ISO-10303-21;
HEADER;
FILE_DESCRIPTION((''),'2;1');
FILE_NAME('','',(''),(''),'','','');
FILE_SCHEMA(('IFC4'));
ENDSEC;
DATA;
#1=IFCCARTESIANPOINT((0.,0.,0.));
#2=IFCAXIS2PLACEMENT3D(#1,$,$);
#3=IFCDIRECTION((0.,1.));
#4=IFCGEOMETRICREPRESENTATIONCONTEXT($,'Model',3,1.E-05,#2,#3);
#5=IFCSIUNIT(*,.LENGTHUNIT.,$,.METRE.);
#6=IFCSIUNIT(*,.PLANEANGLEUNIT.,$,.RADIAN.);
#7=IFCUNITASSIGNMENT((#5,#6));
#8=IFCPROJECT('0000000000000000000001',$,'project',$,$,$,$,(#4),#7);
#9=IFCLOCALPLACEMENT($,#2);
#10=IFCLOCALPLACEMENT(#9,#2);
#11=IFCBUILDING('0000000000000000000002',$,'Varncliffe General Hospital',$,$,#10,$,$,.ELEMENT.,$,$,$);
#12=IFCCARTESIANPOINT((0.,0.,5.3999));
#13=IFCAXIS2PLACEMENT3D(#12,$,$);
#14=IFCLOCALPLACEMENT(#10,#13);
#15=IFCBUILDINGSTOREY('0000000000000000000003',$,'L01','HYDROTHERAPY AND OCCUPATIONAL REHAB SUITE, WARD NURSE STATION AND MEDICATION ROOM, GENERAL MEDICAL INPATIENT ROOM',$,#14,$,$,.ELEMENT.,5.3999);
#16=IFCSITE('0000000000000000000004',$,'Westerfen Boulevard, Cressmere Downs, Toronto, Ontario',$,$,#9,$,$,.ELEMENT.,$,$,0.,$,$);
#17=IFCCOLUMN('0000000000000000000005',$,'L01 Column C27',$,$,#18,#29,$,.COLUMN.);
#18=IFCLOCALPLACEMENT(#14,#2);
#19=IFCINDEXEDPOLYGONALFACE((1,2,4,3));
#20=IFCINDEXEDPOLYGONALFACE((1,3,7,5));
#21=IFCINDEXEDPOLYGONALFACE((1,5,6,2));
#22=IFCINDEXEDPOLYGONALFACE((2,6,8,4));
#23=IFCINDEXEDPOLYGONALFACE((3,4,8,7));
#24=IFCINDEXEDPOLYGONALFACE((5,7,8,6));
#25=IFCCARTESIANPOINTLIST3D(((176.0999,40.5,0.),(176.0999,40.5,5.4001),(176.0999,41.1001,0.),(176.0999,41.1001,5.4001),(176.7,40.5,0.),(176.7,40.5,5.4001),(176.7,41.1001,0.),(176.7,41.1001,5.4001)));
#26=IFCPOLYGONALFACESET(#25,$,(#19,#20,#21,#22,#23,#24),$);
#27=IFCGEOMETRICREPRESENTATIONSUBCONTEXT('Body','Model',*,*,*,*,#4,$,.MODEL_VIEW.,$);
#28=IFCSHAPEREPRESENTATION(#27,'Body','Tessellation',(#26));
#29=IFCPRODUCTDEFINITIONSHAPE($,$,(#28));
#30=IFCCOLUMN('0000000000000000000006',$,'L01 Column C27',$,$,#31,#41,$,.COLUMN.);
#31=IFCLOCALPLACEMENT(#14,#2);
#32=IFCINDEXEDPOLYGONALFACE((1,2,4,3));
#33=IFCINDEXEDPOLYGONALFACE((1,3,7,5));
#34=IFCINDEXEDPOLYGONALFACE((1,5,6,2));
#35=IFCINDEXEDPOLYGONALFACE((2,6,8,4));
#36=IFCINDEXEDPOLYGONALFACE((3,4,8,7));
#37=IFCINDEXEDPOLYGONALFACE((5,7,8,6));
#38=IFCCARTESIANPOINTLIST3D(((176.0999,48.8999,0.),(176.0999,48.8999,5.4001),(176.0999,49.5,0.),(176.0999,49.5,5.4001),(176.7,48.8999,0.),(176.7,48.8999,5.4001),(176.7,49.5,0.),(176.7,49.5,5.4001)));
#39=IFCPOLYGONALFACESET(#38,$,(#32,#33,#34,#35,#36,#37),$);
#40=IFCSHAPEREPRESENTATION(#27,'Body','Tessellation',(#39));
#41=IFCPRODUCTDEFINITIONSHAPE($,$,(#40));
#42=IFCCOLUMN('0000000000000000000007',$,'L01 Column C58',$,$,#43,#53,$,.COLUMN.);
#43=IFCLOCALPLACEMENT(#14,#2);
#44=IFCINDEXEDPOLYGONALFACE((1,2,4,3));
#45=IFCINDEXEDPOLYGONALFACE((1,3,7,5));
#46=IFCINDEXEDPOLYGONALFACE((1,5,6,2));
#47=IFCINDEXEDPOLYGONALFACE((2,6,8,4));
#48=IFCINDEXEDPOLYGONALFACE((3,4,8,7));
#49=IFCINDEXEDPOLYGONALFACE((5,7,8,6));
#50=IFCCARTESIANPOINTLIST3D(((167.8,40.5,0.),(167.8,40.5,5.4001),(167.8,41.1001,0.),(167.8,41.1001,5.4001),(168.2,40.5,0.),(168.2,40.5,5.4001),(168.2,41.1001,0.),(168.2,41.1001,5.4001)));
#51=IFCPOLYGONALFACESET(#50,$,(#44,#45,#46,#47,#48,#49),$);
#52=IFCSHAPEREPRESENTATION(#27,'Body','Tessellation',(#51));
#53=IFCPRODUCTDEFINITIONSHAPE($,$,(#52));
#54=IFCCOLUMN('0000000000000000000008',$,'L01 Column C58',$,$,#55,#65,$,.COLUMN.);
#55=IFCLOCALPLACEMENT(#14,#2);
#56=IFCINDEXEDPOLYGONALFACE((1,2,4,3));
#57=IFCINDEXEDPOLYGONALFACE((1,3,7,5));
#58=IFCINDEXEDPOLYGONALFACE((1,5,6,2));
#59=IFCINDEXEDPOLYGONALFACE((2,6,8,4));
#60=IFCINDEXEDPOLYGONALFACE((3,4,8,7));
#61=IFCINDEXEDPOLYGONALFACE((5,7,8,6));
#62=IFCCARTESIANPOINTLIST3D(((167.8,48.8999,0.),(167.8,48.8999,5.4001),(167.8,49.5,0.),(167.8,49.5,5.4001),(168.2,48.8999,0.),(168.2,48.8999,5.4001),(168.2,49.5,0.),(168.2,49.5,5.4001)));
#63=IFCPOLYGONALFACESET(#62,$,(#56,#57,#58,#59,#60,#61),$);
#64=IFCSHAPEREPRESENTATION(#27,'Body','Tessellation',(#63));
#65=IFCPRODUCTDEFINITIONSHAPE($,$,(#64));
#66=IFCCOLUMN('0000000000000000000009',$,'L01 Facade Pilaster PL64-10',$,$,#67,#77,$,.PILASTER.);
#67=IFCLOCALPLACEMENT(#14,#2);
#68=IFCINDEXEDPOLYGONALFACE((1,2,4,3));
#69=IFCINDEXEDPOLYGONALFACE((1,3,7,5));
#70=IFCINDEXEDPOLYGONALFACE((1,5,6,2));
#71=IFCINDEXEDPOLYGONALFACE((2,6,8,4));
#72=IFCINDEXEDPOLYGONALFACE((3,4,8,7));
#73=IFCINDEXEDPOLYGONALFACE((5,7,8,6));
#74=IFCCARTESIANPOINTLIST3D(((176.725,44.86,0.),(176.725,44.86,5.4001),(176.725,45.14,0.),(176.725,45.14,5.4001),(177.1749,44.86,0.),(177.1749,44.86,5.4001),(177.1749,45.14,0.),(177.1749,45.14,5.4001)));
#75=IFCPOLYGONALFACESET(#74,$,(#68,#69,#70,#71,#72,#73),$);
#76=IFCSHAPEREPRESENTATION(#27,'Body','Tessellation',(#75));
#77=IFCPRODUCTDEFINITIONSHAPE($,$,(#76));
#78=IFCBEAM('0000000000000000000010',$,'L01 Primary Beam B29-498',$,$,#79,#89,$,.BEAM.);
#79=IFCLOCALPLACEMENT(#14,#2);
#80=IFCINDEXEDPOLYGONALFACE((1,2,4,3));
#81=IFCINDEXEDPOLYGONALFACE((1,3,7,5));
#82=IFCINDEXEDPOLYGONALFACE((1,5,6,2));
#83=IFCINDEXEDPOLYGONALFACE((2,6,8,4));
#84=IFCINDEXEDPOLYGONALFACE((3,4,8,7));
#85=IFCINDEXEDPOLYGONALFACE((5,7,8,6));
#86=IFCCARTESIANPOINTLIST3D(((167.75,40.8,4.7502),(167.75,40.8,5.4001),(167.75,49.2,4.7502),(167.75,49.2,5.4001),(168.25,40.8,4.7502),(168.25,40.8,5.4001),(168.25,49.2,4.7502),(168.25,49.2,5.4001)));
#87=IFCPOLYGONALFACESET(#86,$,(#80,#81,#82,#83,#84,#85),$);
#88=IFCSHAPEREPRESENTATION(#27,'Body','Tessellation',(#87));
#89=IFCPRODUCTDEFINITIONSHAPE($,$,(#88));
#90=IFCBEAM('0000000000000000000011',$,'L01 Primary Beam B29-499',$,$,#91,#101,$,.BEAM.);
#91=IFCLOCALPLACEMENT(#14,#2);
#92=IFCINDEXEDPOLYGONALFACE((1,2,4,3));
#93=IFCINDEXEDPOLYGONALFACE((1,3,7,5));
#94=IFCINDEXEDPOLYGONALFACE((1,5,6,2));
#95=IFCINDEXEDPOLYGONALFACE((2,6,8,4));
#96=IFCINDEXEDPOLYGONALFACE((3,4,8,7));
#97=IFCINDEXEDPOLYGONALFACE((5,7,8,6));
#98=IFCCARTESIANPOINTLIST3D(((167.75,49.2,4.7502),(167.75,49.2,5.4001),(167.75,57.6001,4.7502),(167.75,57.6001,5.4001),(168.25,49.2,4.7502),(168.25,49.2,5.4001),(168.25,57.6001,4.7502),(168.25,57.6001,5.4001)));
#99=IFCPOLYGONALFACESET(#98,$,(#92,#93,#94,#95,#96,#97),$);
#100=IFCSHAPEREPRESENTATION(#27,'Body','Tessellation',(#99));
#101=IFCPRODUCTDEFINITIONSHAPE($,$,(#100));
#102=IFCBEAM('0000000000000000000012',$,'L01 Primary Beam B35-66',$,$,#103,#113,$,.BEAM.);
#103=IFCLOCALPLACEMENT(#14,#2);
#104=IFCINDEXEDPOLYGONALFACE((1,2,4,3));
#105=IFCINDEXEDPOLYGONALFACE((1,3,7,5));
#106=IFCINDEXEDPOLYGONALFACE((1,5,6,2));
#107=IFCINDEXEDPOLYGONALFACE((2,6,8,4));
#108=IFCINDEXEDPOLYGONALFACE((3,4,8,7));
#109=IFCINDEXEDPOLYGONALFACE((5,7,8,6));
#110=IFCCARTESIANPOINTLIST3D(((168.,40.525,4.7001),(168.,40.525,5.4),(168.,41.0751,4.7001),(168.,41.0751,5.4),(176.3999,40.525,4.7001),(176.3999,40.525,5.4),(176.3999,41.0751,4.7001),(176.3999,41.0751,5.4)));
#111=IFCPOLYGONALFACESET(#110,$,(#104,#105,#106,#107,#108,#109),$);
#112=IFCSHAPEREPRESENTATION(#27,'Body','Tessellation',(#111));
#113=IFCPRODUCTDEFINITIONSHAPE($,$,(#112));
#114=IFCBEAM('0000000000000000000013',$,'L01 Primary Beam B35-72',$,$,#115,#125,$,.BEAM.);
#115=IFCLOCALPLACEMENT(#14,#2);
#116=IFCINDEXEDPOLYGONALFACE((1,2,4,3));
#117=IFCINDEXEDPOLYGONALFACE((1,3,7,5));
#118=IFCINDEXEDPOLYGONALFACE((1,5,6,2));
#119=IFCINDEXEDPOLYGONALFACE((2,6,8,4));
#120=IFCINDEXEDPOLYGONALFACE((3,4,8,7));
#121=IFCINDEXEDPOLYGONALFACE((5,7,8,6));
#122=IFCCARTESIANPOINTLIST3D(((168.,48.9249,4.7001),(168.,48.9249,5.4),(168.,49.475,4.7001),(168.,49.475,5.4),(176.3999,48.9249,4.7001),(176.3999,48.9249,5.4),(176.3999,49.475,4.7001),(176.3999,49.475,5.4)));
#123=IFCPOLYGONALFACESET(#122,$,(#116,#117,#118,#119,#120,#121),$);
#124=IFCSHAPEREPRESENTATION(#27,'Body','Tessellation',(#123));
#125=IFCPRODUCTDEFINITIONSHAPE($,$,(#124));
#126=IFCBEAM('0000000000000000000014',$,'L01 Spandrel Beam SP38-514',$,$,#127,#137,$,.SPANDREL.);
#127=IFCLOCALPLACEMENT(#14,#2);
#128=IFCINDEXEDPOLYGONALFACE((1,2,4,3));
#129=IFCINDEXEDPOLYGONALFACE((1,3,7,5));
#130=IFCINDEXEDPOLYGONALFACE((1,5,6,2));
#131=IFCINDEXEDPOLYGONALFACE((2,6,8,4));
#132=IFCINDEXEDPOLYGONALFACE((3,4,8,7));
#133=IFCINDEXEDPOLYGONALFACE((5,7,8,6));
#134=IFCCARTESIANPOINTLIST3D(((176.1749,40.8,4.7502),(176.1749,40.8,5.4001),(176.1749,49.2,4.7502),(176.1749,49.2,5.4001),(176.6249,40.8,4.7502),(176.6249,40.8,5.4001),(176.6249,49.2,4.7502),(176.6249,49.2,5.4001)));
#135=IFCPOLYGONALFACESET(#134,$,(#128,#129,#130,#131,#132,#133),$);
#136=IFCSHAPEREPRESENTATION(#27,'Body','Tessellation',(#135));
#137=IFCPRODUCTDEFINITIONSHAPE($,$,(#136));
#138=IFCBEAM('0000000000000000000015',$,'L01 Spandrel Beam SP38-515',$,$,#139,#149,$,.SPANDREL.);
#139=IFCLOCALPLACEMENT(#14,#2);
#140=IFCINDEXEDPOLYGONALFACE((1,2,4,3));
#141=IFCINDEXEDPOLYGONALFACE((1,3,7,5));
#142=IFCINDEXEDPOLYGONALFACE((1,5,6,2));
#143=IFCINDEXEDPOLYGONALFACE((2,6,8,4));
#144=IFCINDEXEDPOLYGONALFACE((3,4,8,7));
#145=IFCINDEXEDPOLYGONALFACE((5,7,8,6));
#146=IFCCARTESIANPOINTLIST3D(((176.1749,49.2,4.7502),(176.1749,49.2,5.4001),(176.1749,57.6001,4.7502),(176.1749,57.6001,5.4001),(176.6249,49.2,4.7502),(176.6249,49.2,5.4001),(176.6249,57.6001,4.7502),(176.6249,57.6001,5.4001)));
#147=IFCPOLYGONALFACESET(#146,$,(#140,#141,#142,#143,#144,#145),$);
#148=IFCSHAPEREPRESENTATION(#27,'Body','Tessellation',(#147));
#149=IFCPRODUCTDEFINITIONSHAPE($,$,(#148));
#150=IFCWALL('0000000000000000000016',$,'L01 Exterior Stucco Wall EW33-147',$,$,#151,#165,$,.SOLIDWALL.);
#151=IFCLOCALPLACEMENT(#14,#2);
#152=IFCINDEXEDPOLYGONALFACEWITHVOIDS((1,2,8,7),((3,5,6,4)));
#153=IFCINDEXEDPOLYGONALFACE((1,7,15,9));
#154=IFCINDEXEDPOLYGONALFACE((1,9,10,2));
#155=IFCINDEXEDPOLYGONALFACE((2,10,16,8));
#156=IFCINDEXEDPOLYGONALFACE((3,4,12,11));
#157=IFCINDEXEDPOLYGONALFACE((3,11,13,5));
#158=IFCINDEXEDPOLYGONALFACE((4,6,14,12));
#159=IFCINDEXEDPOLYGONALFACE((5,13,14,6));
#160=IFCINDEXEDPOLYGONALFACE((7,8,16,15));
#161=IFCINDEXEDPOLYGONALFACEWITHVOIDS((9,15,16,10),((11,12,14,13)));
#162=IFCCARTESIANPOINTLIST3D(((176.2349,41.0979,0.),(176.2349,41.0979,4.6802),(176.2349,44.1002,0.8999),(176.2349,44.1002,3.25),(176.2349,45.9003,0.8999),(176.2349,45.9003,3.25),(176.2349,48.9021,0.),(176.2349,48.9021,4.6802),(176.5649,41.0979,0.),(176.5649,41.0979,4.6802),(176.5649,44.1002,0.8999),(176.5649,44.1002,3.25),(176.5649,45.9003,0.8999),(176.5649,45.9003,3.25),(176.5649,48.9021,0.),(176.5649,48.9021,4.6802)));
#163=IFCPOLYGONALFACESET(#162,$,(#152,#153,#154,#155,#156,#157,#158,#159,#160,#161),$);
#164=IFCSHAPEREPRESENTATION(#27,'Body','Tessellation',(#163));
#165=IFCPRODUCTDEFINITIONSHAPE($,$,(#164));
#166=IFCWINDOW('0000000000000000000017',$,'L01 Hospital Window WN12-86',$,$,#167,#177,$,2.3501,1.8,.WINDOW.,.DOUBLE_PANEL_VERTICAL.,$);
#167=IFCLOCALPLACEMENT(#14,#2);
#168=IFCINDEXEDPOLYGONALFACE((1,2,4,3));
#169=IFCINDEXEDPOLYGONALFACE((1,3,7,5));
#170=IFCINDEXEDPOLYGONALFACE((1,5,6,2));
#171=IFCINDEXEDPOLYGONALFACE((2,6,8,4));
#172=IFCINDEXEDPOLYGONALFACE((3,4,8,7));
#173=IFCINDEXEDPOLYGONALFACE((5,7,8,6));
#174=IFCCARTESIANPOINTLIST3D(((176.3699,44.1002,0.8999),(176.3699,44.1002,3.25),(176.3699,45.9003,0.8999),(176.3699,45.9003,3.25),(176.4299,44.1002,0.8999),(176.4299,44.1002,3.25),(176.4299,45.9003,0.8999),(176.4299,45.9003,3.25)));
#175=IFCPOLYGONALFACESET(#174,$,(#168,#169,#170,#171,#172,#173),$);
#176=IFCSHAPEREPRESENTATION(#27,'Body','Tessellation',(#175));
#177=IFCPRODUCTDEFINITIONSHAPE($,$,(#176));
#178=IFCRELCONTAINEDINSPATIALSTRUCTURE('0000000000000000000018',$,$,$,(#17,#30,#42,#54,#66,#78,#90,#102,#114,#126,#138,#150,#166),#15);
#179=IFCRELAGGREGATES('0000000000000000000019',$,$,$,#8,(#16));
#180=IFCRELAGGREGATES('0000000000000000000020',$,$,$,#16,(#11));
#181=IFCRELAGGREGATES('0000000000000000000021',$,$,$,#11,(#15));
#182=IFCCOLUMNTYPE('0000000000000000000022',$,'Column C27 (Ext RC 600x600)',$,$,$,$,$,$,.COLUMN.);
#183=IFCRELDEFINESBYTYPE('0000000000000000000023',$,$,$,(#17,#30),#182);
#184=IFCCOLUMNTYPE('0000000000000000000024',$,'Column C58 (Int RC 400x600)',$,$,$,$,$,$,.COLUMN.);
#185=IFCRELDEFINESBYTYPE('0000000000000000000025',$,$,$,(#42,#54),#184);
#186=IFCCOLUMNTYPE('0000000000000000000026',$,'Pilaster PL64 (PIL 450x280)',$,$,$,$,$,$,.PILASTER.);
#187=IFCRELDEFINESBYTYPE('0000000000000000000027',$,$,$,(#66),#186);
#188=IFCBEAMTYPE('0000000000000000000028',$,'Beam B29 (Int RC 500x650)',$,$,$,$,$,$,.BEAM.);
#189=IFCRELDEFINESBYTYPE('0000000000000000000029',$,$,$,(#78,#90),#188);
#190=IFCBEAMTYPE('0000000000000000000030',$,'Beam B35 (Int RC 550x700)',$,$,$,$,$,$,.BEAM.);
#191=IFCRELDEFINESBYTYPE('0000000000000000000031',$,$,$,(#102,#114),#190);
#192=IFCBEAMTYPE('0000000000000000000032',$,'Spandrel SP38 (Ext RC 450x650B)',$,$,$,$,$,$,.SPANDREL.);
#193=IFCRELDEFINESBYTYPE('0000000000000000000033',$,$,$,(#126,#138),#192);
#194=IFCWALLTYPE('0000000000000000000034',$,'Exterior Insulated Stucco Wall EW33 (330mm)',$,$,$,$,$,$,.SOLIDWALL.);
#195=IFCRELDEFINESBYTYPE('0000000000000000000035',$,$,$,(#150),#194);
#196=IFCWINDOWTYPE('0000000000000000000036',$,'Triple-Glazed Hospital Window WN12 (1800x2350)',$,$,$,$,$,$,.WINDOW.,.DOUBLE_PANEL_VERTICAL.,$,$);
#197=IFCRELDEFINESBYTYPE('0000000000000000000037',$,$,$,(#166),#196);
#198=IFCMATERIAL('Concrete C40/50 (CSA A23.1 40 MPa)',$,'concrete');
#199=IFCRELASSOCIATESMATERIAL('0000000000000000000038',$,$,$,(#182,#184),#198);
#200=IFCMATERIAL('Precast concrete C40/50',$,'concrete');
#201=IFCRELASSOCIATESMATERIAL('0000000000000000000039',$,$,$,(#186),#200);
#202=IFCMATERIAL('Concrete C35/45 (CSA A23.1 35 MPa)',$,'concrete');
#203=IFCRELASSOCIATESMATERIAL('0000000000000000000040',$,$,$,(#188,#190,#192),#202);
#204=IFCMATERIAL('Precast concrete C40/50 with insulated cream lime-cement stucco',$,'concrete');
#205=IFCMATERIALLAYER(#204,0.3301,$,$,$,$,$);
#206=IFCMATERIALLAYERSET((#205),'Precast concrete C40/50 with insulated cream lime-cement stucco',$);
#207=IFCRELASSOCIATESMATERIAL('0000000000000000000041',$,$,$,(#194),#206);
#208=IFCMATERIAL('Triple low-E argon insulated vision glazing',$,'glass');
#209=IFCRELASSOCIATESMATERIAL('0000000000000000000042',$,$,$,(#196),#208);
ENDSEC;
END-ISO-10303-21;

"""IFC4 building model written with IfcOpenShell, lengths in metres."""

from ifc_helpers import new_model, si_unit, direction, frame, frame_2d, origin, origin_2d, place, context, subcontext, project, spatial, rectangle, extrude, material, layer, layer_set, material_profile, profile_set, type_object, element, fill, save


model = new_model("IFC4")

# Units and contexts
model_context = context("Model", 3, precision=1e-05, world=origin(), true_north=direction((0.0, 1.0)))
body_context = subcontext(model_context, "Body", "Model", "MODEL_VIEW")
ifc_project = project(units=[si_unit("LENGTHUNIT", "METRE"), si_unit("PLANEANGLEUNIT", "RADIAN")], contexts=[model_context])

# Site, building, storey
site_placement = place(None, origin())
site = spatial("IfcSite", under=ifc_project, at=site_placement, Name="Westerfen Boulevard, Cressmere Downs, Toronto, Ontario", CompositionType="ELEMENT", RefElevation=0.0)
building_placement = place(site_placement, origin())
building = spatial("IfcBuilding", under=site, at=building_placement, Name="Varncliffe General Hospital", CompositionType="ELEMENT")
storey_placement = place(building_placement, frame((0.0, 0.0, 5.3999)))
storey = spatial("IfcBuildingStorey", under=building, at=storey_placement, Name="L01", Description="HYDROTHERAPY AND OCCUPATIONAL REHAB SUITE, WARD NURSE STATION AND MEDICATION ROOM, GENERAL MEDICAL INPATIENT ROOM", CompositionType="ELEMENT", Elevation=5.3999)

# Columns
ifc_material_1 = material(Name="Concrete C40/50 (CSA A23.1 40 MPa)", Category="concrete")
ifc_material_profile_1 = material_profile(ifc_material_1, rectangle(XDim=0.6001, YDim=0.6001, at=origin_2d()), Name="RC 600x600")
ifc_profile_set_1 = profile_set([ifc_material_profile_1], Name="Concrete C40/50 (CSA A23.1 40 MPa)")
column_type_1 = type_object("IfcColumnType", Name="Column C27 (Ext RC 600x600)", PredefinedType="COLUMN", material=ifc_profile_set_1)
for number, where, z_axis, x_axis, name in (
    (1, (176.3999, 40.8, 0.0), (0.0, 0.0, 1.0), (1.0, 0.0, 0.0), "L01 Column C27"),
    (2, (176.3999, 49.2, 0.0), (0.0, 0.0, 1.0), (1.0, 0.0, 0.0), "L01 Column C27"),
):
    element("IfcColumn", number, at=place(storey_placement, frame(where, z_axis=z_axis, x_axis=x_axis)), inside=storey, type_object=column_type_1, Name=name, PredefinedType="COLUMN", context=body_context, shape_type="SweptSolid", body=[
        extrude(rectangle(XDim=0.6001, YDim=0.6001, at=origin_2d()), origin(), (0.0, 0.0, 1.0), 5.4001),
    ])
ifc_material_profile_2 = material_profile(ifc_material_1, rectangle(XDim=0.3999, YDim=0.6001, at=origin_2d()), Name="RC 400x600")
ifc_profile_set_2 = profile_set([ifc_material_profile_2], Name="Concrete C40/50 (CSA A23.1 40 MPa)")
column_type_2 = type_object("IfcColumnType", Name="Column C58 (Int RC 400x600)", PredefinedType="COLUMN", material=ifc_profile_set_2)
for number, where, z_axis, x_axis, name in (
    (3, (168.0, 40.8, 0.0), (0.0, 0.0, 1.0), (1.0, 0.0, 0.0), "L01 Column C58"),
    (4, (168.0, 49.2, 0.0), (0.0, 0.0, 1.0), (1.0, 0.0, 0.0), "L01 Column C58"),
):
    element("IfcColumn", number, at=place(storey_placement, frame(where, z_axis=z_axis, x_axis=x_axis)), inside=storey, type_object=column_type_2, Name=name, PredefinedType="COLUMN", context=body_context, shape_type="SweptSolid", body=[
        extrude(rectangle(XDim=0.3999, YDim=0.6001, at=origin_2d()), origin(), (0.0, 0.0, 1.0), 5.4001),
    ])
ifc_material_2 = material(Name="Precast concrete C40/50", Category="concrete")
ifc_material_profile_3 = material_profile(ifc_material_2, rectangle(XDim=0.45, YDim=0.28, at=origin_2d()), Name="PIL 450x280")
ifc_profile_set_3 = profile_set([ifc_material_profile_3], Name="Precast concrete C40/50")
column_type_3 = type_object("IfcColumnType", Name="Pilaster PL64 (PIL 450x280)", PredefinedType="PILASTER", material=ifc_profile_set_3)
column_placement = place(storey_placement, frame((176.95, 45.0, 0.0), z_axis=(0.0, 0.0, 1.0), x_axis=(1.0, 0.0, 0.0)))
element("IfcColumn", 5, at=column_placement, inside=storey, type_object=column_type_3, Name="L01 Facade Pilaster PL64-10", PredefinedType="PILASTER", context=body_context, shape_type="SweptSolid", body=[
    extrude(rectangle(XDim=0.45, YDim=0.28, at=origin_2d()), origin(), (0.0, 0.0, 1.0), 5.4001),
])

# Beams
ifc_material_3 = material(Name="Concrete C35/45 (CSA A23.1 35 MPa)", Category="concrete")
ifc_material_profile_4 = material_profile(ifc_material_3, rectangle(XDim=0.5, YDim=0.6499, at=origin_2d()), Name="RC 500x650")
ifc_profile_set_4 = profile_set([ifc_material_profile_4], Name="Concrete C35/45 (CSA A23.1 35 MPa)")
beam_type_1 = type_object("IfcBeamType", Name="Beam B29 (Int RC 500x650)", PredefinedType="BEAM", material=ifc_profile_set_4)
beam_1_placement = place(storey_placement, frame((168.0, 40.8, 5.0752), z_axis=(0.0, 1.0, 0.0), x_axis=(-1.0, 0.0, 0.0)))
element("IfcBeam", 6, at=beam_1_placement, inside=storey, type_object=beam_type_1, Name="L01 Primary Beam B29-498", PredefinedType="BEAM", context=body_context, shape_type="SweptSolid", body=[
    extrude(rectangle(XDim=0.5, YDim=0.6499, at=origin_2d()), origin(), (0.0, 0.0, 1.0), 8.3999),
])
beam_2_placement = place(storey_placement, frame((168.0, 49.2, 5.0752), z_axis=(0.0, 1.0, 0.0), x_axis=(-1.0, 0.0, 0.0)))
element("IfcBeam", 7, at=beam_2_placement, inside=storey, type_object=beam_type_1, Name="L01 Primary Beam B29-499", PredefinedType="BEAM", context=body_context, shape_type="SweptSolid", body=[
    extrude(rectangle(XDim=0.5, YDim=0.6499, at=origin_2d()), origin(), (0.0, 0.0, 1.0), 8.4001),
])
ifc_material_profile_5 = material_profile(ifc_material_3, rectangle(XDim=0.55, YDim=0.7, at=origin_2d()), Name="RC 550x700")
ifc_profile_set_5 = profile_set([ifc_material_profile_5], Name="Concrete C35/45 (CSA A23.1 35 MPa)")
beam_type_2 = type_object("IfcBeamType", Name="Beam B35 (Int RC 550x700)", PredefinedType="BEAM", material=ifc_profile_set_5)
for number, where, z_axis, x_axis, name in (
    (8, (168.0, 40.8, 5.05), (1.0, 0.0, 0.0), (0.0, 1.0, 0.0), "L01 Primary Beam B35-66"),
    (9, (168.0, 49.2, 5.05), (1.0, 0.0, 0.0), (0.0, 1.0, 0.0), "L01 Primary Beam B35-72"),
):
    element("IfcBeam", number, at=place(storey_placement, frame(where, z_axis=z_axis, x_axis=x_axis)), inside=storey, type_object=beam_type_2, Name=name, PredefinedType="BEAM", context=body_context, shape_type="SweptSolid", body=[
        extrude(rectangle(XDim=0.55, YDim=0.7, at=origin_2d()), origin(), (0.0, 0.0, 1.0), 8.3999),
    ])
ifc_material_profile_6 = material_profile(ifc_material_3, rectangle(XDim=0.45, YDim=0.6499, at=origin_2d()), Name="RC 450x650")
ifc_profile_set_6 = profile_set([ifc_material_profile_6], Name="Concrete C35/45 (CSA A23.1 35 MPa)")
beam_type_3 = type_object("IfcBeamType", Name="Spandrel SP38 (Ext RC 450x650B)", PredefinedType="SPANDREL", material=ifc_profile_set_6)
beam_3_placement = place(storey_placement, frame((176.3999, 40.8, 5.0752), z_axis=(0.0, 1.0, 0.0), x_axis=(-1.0, 0.0, 0.0)))
element("IfcBeam", 10, at=beam_3_placement, inside=storey, type_object=beam_type_3, Name="L01 Spandrel Beam SP38-514", PredefinedType="SPANDREL", context=body_context, shape_type="SweptSolid", body=[
    extrude(rectangle(XDim=0.45, YDim=0.6499, at=origin_2d()), origin(), (0.0, 0.0, 1.0), 8.3999),
])
beam_4_placement = place(storey_placement, frame((176.3999, 49.2, 5.0752), z_axis=(0.0, 1.0, 0.0), x_axis=(-1.0, 0.0, 0.0)))
element("IfcBeam", 11, at=beam_4_placement, inside=storey, type_object=beam_type_3, Name="L01 Spandrel Beam SP38-515", PredefinedType="SPANDREL", context=body_context, shape_type="SweptSolid", body=[
    extrude(rectangle(XDim=0.45, YDim=0.6499, at=origin_2d()), origin(), (0.0, 0.0, 1.0), 8.4001),
])

# Wall, opening, window
ifc_material_4 = material(Name="Precast concrete C40/50 with insulated cream lime-cement stucco", Category="concrete")
ifc_layer_1 = layer(ifc_material_4, 0.3301)
ifc_layer_set_1 = layer_set([ifc_layer_1], Name="Precast concrete C40/50 with insulated cream lime-cement stucco")
wall_type_1 = type_object("IfcWallType", Name="Exterior Insulated Stucco Wall EW33 (330mm)", PredefinedType="SOLIDWALL", material=ifc_layer_set_1)
wall_1_placement = place(storey_placement, frame((176.3999, 48.9021, 0.0), z_axis=(0.0, 0.0, 1.0), x_axis=(0.0, -1.0, 0.0)))
wall_1 = element("IfcWall", 12, at=wall_1_placement, inside=storey, type_object=wall_type_1, Name="L01 Exterior Stucco Wall EW33-147", PredefinedType="SOLIDWALL", context=body_context, shape_type="SweptSolid", body=[
    extrude(rectangle(XDim=7.8042, YDim=0.3301, at=frame_2d((3.9021, 0.0))), origin(), (0.0, 0.0, 1.0), 4.6802),
])
opening_1_placement = place(wall_1_placement, frame((3.002, 0.0, 0.8999)))
opening_1 = element("IfcOpeningElement", 13, at=opening_1_placement, cuts=wall_1, PredefinedType="OPENING", context=body_context, shape_type="SweptSolid", body=[
    extrude(rectangle(XDim=1.8, YDim=2.3501, at=frame_2d((0.8999, 1.175))), frame((0.0, 0.175, 0.0), z_axis=(0.0, -1.0, 0.0), x_axis=(1.0, 0.0, 0.0)), (0.0, 0.0, 1.0), 0.3501),
])
ifc_material_5 = material(Name="Triple low-E argon insulated vision glazing", Category="glass")
window_type_1 = type_object("IfcWindowType", Name="Triple-Glazed Hospital Window WN12 (1800x2350)", PartitioningType="DOUBLE_PANEL_VERTICAL", PredefinedType="WINDOW", material=ifc_material_5)
window_1_placement = place(opening_1_placement, origin())
window_1 = element("IfcWindow", 14, at=window_1_placement, inside=storey, type_object=window_type_1, Name="L01 Hospital Window WN12-86", OverallHeight=2.3501, OverallWidth=1.8, PartitioningType="DOUBLE_PANEL_VERTICAL", PredefinedType="WINDOW", context=body_context, shape_type="SweptSolid", body=[
    extrude(rectangle(XDim=1.8, YDim=2.3501, at=frame_2d((0.8999, 1.175))), frame((0.0, 0.03, 0.0), z_axis=(0.0, -1.0, 0.0), x_axis=(1.0, 0.0, 0.0)), (0.0, 0.0, 1.0), 0.0601),
])
fill(opening_1, window_1)

save(model, "model.ifc")
